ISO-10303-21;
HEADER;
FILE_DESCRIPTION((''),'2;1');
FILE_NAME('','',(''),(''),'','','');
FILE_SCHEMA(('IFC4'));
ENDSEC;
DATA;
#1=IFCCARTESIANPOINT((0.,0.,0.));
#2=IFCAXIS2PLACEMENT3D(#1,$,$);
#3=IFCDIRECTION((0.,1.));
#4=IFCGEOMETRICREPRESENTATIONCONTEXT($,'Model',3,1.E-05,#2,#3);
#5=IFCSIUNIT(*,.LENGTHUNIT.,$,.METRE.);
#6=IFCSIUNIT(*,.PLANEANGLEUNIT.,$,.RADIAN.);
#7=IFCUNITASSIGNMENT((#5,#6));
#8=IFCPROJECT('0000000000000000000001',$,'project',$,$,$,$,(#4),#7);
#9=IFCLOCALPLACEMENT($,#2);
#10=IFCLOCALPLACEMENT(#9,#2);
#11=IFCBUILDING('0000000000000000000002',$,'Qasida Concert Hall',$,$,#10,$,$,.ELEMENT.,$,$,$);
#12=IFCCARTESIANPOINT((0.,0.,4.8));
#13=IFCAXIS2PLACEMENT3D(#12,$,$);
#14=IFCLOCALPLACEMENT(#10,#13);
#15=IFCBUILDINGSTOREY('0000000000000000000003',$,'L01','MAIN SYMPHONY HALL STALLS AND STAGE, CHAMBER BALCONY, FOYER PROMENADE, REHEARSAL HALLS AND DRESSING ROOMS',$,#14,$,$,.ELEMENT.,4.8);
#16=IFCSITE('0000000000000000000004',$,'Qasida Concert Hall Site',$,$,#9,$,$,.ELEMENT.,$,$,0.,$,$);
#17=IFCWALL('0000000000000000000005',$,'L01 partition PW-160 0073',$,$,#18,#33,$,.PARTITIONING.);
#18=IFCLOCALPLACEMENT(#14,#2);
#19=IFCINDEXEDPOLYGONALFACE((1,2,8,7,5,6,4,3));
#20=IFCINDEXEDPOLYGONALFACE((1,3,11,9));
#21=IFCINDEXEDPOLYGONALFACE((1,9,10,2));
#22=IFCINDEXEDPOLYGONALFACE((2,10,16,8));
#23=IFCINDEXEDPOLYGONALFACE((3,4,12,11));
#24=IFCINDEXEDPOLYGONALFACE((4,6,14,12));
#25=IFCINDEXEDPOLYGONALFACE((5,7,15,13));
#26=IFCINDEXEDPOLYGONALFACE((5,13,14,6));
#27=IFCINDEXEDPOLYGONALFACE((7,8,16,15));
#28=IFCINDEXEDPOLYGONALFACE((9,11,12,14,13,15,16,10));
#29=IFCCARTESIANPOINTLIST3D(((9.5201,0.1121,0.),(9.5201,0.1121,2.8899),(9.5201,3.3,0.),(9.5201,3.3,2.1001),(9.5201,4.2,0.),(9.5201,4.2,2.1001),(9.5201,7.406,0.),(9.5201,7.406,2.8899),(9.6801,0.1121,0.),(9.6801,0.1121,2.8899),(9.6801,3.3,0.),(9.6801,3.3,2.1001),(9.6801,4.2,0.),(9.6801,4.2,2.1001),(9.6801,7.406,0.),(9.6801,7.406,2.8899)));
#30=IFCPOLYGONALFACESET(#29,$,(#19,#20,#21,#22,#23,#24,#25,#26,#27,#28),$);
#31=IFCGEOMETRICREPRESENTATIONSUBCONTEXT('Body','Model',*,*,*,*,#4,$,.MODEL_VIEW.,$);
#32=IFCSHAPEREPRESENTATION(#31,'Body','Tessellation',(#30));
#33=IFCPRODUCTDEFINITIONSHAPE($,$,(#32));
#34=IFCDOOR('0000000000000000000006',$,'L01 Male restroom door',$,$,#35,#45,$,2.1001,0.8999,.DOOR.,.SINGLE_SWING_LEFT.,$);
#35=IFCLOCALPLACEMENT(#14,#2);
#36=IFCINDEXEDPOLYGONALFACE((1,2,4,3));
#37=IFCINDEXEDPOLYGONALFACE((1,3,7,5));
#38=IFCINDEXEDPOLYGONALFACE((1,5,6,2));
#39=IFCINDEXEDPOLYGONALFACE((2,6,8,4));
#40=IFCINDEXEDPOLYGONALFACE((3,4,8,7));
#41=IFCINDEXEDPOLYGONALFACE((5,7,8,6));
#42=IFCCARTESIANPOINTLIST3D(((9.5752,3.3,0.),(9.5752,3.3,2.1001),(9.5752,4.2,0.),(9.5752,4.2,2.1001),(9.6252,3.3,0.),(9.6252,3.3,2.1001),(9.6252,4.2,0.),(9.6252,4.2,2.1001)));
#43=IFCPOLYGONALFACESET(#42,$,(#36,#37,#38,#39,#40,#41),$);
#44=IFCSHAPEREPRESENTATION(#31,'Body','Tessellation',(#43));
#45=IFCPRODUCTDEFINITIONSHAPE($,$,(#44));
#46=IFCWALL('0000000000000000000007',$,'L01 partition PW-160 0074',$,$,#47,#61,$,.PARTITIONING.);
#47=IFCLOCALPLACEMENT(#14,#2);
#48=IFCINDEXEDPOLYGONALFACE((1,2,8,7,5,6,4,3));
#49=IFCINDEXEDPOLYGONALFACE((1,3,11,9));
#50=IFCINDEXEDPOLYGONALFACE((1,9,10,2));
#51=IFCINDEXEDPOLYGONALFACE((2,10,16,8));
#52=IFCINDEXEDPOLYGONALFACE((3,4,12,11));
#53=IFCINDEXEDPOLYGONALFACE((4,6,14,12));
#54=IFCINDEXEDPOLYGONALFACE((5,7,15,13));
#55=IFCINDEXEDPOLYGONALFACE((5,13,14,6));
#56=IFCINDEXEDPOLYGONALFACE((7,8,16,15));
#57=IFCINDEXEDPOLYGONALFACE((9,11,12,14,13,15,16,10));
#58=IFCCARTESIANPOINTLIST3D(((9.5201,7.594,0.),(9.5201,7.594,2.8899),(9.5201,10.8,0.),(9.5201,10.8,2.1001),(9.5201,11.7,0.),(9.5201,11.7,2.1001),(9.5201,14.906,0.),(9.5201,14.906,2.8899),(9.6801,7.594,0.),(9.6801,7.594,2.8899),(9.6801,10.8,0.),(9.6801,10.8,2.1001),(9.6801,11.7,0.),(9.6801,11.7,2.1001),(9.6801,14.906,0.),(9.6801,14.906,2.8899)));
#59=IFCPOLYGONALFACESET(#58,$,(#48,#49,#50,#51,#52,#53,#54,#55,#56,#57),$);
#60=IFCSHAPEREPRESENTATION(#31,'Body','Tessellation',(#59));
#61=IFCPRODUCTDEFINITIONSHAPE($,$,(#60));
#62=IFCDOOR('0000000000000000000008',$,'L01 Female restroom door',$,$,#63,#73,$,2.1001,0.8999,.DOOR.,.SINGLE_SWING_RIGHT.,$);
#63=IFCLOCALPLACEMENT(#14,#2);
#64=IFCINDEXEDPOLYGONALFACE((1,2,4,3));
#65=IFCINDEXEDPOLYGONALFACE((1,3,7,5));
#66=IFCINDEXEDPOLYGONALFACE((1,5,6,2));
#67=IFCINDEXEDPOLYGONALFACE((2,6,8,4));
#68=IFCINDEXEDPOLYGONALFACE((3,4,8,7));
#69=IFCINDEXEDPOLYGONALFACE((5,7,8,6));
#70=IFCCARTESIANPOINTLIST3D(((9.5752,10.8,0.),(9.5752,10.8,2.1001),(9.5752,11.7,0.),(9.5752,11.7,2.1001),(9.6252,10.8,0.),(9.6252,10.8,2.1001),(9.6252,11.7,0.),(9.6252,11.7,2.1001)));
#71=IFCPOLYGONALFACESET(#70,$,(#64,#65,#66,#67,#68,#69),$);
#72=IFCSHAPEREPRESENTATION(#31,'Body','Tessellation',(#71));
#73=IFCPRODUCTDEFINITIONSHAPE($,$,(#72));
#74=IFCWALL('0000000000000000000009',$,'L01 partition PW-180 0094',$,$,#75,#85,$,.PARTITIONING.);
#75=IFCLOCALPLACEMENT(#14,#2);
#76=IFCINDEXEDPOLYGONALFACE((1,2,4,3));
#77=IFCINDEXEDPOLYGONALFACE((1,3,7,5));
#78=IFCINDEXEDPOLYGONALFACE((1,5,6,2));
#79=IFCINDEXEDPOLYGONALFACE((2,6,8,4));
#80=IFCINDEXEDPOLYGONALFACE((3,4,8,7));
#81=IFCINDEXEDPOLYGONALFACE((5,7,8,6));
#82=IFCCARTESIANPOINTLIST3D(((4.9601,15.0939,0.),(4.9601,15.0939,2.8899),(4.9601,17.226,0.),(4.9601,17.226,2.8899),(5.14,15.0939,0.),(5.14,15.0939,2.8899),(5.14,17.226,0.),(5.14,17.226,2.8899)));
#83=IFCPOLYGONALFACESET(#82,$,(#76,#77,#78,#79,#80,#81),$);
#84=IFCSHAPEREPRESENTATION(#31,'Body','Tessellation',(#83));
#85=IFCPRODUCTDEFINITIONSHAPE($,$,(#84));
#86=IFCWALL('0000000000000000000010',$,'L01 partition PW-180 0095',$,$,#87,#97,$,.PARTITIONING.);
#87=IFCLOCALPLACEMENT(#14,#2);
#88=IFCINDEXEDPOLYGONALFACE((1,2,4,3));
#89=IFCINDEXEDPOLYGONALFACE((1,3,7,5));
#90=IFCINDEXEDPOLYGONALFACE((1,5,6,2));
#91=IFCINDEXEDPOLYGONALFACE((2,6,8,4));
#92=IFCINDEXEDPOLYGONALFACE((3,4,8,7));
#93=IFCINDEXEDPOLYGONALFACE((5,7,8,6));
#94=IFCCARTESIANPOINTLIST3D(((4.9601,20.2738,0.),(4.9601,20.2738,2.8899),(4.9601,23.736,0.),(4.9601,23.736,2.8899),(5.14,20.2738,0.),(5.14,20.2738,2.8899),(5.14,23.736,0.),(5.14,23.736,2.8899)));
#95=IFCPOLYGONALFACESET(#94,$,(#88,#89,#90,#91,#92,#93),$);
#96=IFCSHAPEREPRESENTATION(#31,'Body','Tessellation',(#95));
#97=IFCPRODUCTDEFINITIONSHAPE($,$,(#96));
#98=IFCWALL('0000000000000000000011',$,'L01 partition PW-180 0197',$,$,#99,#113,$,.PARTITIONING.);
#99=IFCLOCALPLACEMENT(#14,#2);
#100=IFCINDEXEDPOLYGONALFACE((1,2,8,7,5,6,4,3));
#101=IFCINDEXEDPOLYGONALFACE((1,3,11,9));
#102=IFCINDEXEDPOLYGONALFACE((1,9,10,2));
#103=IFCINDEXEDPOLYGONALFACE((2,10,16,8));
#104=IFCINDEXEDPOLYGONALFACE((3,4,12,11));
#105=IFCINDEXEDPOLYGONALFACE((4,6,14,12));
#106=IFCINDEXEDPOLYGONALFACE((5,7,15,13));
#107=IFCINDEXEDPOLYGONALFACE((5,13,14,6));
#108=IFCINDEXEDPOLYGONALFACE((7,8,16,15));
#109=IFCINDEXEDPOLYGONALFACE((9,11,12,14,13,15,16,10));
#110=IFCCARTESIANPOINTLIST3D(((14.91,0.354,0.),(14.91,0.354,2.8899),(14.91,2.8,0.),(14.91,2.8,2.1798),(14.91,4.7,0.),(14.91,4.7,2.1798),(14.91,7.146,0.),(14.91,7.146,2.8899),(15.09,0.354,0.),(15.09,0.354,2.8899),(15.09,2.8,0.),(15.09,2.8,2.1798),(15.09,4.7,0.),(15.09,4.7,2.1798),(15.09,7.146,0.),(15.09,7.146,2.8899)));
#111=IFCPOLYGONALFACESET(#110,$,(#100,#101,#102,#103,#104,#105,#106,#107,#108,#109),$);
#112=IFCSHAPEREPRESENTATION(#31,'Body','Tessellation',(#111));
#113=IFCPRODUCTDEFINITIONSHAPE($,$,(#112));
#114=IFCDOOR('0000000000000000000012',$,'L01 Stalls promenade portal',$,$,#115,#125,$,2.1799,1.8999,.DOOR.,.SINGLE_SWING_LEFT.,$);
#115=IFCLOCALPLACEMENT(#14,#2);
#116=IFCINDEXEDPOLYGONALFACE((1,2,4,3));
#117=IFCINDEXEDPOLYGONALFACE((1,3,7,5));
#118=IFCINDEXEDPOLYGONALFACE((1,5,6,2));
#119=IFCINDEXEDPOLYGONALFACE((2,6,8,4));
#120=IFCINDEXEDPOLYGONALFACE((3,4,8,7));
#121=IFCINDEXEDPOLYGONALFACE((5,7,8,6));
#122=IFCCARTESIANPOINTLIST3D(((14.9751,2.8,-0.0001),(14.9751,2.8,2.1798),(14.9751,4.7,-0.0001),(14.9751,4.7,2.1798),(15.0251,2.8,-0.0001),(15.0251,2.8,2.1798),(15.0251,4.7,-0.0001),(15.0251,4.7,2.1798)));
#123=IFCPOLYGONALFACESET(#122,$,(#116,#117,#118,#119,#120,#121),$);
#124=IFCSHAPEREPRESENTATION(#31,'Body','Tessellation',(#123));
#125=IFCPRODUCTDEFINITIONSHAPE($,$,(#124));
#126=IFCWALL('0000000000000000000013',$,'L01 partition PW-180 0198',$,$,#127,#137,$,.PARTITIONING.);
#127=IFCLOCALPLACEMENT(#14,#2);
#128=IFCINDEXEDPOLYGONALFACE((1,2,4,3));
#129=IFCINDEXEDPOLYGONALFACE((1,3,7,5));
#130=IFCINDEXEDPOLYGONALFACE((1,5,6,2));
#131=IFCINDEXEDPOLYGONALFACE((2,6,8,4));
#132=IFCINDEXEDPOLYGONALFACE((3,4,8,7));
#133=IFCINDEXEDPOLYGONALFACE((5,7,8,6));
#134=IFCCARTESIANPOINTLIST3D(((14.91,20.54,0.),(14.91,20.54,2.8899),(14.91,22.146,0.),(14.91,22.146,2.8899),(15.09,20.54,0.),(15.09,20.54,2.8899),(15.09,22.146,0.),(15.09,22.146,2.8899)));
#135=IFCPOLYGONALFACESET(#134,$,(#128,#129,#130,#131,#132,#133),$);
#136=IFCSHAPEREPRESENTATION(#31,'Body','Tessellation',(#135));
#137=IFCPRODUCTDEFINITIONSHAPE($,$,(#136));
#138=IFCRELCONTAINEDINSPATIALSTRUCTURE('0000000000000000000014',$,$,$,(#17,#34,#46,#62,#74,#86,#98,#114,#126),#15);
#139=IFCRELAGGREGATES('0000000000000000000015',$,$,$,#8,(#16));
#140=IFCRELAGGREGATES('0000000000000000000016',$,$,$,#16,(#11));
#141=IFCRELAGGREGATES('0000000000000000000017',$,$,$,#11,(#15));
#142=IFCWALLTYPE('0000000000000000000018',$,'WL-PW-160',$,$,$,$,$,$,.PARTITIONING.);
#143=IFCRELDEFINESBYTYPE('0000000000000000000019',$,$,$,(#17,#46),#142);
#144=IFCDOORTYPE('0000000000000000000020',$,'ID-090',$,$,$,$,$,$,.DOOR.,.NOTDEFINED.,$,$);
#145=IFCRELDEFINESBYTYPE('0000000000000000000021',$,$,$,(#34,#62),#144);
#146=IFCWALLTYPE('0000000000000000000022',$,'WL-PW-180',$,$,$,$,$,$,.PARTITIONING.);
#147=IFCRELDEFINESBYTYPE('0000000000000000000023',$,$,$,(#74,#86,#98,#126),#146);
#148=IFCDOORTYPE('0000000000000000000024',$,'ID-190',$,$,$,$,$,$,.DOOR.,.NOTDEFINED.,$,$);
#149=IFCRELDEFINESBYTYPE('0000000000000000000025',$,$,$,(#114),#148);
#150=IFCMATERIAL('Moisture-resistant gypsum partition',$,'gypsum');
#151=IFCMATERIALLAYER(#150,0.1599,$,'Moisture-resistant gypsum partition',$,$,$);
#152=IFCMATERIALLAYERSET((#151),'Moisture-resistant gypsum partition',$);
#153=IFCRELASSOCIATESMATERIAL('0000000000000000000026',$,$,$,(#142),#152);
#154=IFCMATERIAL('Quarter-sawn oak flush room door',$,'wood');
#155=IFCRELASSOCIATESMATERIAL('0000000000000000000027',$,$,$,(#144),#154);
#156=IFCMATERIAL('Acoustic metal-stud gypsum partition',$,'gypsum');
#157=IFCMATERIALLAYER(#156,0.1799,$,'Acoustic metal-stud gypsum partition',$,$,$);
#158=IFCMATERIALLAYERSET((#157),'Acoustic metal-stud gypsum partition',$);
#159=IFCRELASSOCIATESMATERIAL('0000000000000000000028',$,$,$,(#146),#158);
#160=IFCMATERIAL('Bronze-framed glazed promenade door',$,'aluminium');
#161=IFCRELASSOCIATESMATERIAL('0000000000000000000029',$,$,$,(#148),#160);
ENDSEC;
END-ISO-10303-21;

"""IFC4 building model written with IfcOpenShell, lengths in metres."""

from ifc_helpers import new_model, si_unit, direction, frame, frame_2d, origin, place, context, subcontext, project, spatial, rectangle, extrude, material, layer, layer_set, type_object, element, fill, save


model = new_model("IFC4")

# Units and contexts
model_context = context("Model", 3, precision=1e-05, world=origin(), true_north=direction((0.0, 1.0)))
body_context = subcontext(model_context, "Body", "Model", "MODEL_VIEW")
ifc_project = project(units=[si_unit("LENGTHUNIT", "METRE"), si_unit("PLANEANGLEUNIT", "RADIAN")], contexts=[model_context])

# Site, building, storey
site_placement = place(None, origin())
site = spatial("IfcSite", under=ifc_project, at=site_placement, Name="Qasida Concert Hall Site", CompositionType="ELEMENT", RefElevation=0.0)
building_placement = place(site_placement, origin())
building = spatial("IfcBuilding", under=site, at=building_placement, Name="Qasida Concert Hall", CompositionType="ELEMENT")
storey_placement = place(building_placement, frame((0.0, 0.0, 4.8)))
storey = spatial("IfcBuildingStorey", under=building, at=storey_placement, Name="L01", Description="MAIN SYMPHONY HALL STALLS AND STAGE, CHAMBER BALCONY, FOYER PROMENADE, REHEARSAL HALLS AND DRESSING ROOMS", CompositionType="ELEMENT", Elevation=4.8)

# Walls, openings, doors
ifc_material_1 = material(Name="Moisture-resistant gypsum partition", Category="gypsum")
ifc_layer_1 = layer(ifc_material_1, 0.1599, Name="Moisture-resistant gypsum partition")
ifc_layer_set_1 = layer_set([ifc_layer_1], Name="Moisture-resistant gypsum partition")
wall_type_1 = type_object("IfcWallType", Name="WL-PW-160", PredefinedType="PARTITIONING", material=ifc_layer_set_1)
wall_1_placement = place(storey_placement, frame((9.6001, 0.1121, 0.0), z_axis=(0.0, 0.0, 1.0), x_axis=(0.0, 1.0, 0.0)))
wall_1 = element("IfcWall", 1, at=wall_1_placement, inside=storey, type_object=wall_type_1, Name="L01 partition PW-160 0073", PredefinedType="PARTITIONING", context=body_context, shape_type="SweptSolid", body=[
    extrude(rectangle(XDim=7.2939, YDim=0.1599, at=frame_2d((3.647, 0.0))), origin(), (0.0, 0.0, 1.0), 2.8899),
])
opening_1_placement = place(wall_1_placement, frame((3.188, 0.0, 0.0)))
opening_1 = element("IfcOpeningElement", 2, at=opening_1_placement, cuts=wall_1, PredefinedType="OPENING", context=body_context, shape_type="SweptSolid", body=[
    extrude(rectangle(XDim=0.8999, YDim=2.1001, at=frame_2d((0.45, 1.05))), frame((0.0, 0.0898, 0.0), z_axis=(0.0, -1.0, 0.0), x_axis=(1.0, 0.0, 0.0)), (0.0, 0.0, 1.0), 0.1799),
])
ifc_material_2 = material(Name="Quarter-sawn oak flush room door", Category="wood")
door_type_1 = type_object("IfcDoorType", Name="ID-090", OperationType="NOTDEFINED", PredefinedType="DOOR", material=ifc_material_2)
door_1_placement = place(opening_1_placement, origin())
door_1 = element("IfcDoor", 3, at=door_1_placement, inside=storey, type_object=door_type_1, Name="L01 Male restroom door", OperationType="SINGLE_SWING_LEFT", OverallHeight=2.1001, OverallWidth=0.8999, PredefinedType="DOOR", context=body_context, shape_type="SweptSolid", body=[
    extrude(rectangle(XDim=0.8999, YDim=2.1001, at=frame_2d((0.45, 1.05))), frame((0.0, 0.0249, 0.0), z_axis=(0.0, -1.0, 0.0), x_axis=(1.0, 0.0, 0.0)), (0.0, 0.0, 1.0), 0.05),
])
fill(opening_1, door_1)
wall_2_placement = place(storey_placement, frame((9.6001, 7.594, 0.0), z_axis=(0.0, 0.0, 1.0), x_axis=(0.0, 1.0, 0.0)))
wall_2 = element("IfcWall", 4, at=wall_2_placement, inside=storey, type_object=wall_type_1, Name="L01 partition PW-160 0074", PredefinedType="PARTITIONING", context=body_context, shape_type="SweptSolid", body=[
    extrude(rectangle(XDim=7.312, YDim=0.1599, at=frame_2d((3.656, 0.0))), origin(), (0.0, 0.0, 1.0), 2.8899),
])
opening_2_placement = place(wall_2_placement, frame((3.2061, 0.0, 0.0)))
opening_2 = element("IfcOpeningElement", 5, at=opening_2_placement, cuts=wall_2, PredefinedType="OPENING", context=body_context, shape_type="SweptSolid", body=[
    extrude(rectangle(XDim=0.8999, YDim=2.1001, at=frame_2d((0.45, 1.05))), frame((0.0, 0.0898, 0.0), z_axis=(0.0, -1.0, 0.0), x_axis=(1.0, 0.0, 0.0)), (0.0, 0.0, 1.0), 0.1799),
])
door_2_placement = place(opening_2_placement, origin())
door_2 = element("IfcDoor", 6, at=door_2_placement, inside=storey, type_object=door_type_1, Name="L01 Female restroom door", OperationType="SINGLE_SWING_RIGHT", OverallHeight=2.1001, OverallWidth=0.8999, PredefinedType="DOOR", context=body_context, shape_type="SweptSolid", body=[
    extrude(rectangle(XDim=0.8999, YDim=2.1001, at=frame_2d((0.45, 1.05))), frame((0.0, 0.0249, 0.0), z_axis=(0.0, -1.0, 0.0), x_axis=(1.0, 0.0, 0.0)), (0.0, 0.0, 1.0), 0.05),
])
fill(opening_2, door_2)

# Walls
ifc_material_3 = material(Name="Acoustic metal-stud gypsum partition", Category="gypsum")
ifc_layer_2 = layer(ifc_material_3, 0.1799, Name="Acoustic metal-stud gypsum partition")
ifc_layer_set_2 = layer_set([ifc_layer_2], Name="Acoustic metal-stud gypsum partition")
wall_type_2 = type_object("IfcWallType", Name="WL-PW-180", PredefinedType="PARTITIONING", material=ifc_layer_set_2)
wall_3_placement = place(storey_placement, frame((5.05, 15.094, 0.0), z_axis=(0.0, 0.0, 1.0), x_axis=(0.0, 1.0, 0.0)))
element("IfcWall", 7, at=wall_3_placement, inside=storey, type_object=wall_type_2, Name="L01 partition PW-180 0094", PredefinedType="PARTITIONING", context=body_context, shape_type="SweptSolid", body=[
    extrude(rectangle(XDim=2.1321, YDim=0.1799, at=frame_2d((1.0659, 0.0))), origin(), (0.0, 0.0, 1.0), 2.8899),
])
wall_4_placement = place(storey_placement, frame((5.05, 20.2739, 0.0), z_axis=(0.0, 0.0, 1.0), x_axis=(0.0, 1.0, 0.0)))
element("IfcWall", 8, at=wall_4_placement, inside=storey, type_object=wall_type_2, Name="L01 partition PW-180 0095", PredefinedType="PARTITIONING", context=body_context, shape_type="SweptSolid", body=[
    extrude(rectangle(XDim=3.4622, YDim=0.1799, at=frame_2d((1.731, 0.0))), origin(), (0.0, 0.0, 1.0), 2.8899),
])

# Wall, opening, door
wall_5_placement = place(storey_placement, frame((15.0, 0.354, 0.0), z_axis=(0.0, 0.0, 1.0), x_axis=(0.0, 1.0, 0.0)))
wall_5 = element("IfcWall", 9, at=wall_5_placement, inside=storey, type_object=wall_type_2, Name="L01 partition PW-180 0197", PredefinedType="PARTITIONING", context=body_context, shape_type="SweptSolid", body=[
    extrude(rectangle(XDim=6.792, YDim=0.1799, at=frame_2d((3.396, 0.0))), origin(), (0.0, 0.0, 1.0), 2.8899),
])
opening_3_placement = place(wall_5_placement, frame((2.446, 0.0, 0.0)))
opening_3 = element("IfcOpeningElement", 10, at=opening_3_placement, cuts=wall_5, PredefinedType="OPENING", context=body_context, shape_type="SweptSolid", body=[
    extrude(rectangle(XDim=1.8999, YDim=2.1799, at=frame_2d((0.95, 1.0898))), frame((0.0, 0.0999, 0.0), z_axis=(0.0, -1.0, 0.0), x_axis=(1.0, 0.0, 0.0)), (0.0, 0.0, 1.0), 0.2),
])
ifc_material_4 = material(Name="Bronze-framed glazed promenade door", Category="aluminium")
door_type_2 = type_object("IfcDoorType", Name="ID-190", OperationType="NOTDEFINED", PredefinedType="DOOR", material=ifc_material_4)
door_3_placement = place(opening_3_placement, origin())
door_3 = element("IfcDoor", 11, at=door_3_placement, inside=storey, type_object=door_type_2, Name="L01 Stalls promenade portal", OperationType="SINGLE_SWING_LEFT", OverallHeight=2.1799, OverallWidth=1.8999, PredefinedType="DOOR", context=body_context, shape_type="SweptSolid", body=[
    extrude(rectangle(XDim=1.8999, YDim=2.1799, at=frame_2d((0.95, 1.0898))), frame((0.0, 0.0249, 0.0), z_axis=(0.0, -1.0, 0.0), x_axis=(1.0, 0.0, 0.0)), (0.0, 0.0, 1.0), 0.05),
])
fill(opening_3, door_3)

# Wall
wall_6_placement = place(storey_placement, frame((15.0, 20.54, 0.0), z_axis=(0.0, 0.0, 1.0), x_axis=(0.0, 1.0, 0.0)))
element("IfcWall", 12, at=wall_6_placement, inside=storey, type_object=wall_type_2, Name="L01 partition PW-180 0198", PredefinedType="PARTITIONING", context=body_context, shape_type="SweptSolid", body=[
    extrude(rectangle(XDim=1.606, YDim=0.1799, at=frame_2d((0.803, 0.0))), origin(), (0.0, 0.0, 1.0), 2.8899),
])

save(model, "model.ifc")
